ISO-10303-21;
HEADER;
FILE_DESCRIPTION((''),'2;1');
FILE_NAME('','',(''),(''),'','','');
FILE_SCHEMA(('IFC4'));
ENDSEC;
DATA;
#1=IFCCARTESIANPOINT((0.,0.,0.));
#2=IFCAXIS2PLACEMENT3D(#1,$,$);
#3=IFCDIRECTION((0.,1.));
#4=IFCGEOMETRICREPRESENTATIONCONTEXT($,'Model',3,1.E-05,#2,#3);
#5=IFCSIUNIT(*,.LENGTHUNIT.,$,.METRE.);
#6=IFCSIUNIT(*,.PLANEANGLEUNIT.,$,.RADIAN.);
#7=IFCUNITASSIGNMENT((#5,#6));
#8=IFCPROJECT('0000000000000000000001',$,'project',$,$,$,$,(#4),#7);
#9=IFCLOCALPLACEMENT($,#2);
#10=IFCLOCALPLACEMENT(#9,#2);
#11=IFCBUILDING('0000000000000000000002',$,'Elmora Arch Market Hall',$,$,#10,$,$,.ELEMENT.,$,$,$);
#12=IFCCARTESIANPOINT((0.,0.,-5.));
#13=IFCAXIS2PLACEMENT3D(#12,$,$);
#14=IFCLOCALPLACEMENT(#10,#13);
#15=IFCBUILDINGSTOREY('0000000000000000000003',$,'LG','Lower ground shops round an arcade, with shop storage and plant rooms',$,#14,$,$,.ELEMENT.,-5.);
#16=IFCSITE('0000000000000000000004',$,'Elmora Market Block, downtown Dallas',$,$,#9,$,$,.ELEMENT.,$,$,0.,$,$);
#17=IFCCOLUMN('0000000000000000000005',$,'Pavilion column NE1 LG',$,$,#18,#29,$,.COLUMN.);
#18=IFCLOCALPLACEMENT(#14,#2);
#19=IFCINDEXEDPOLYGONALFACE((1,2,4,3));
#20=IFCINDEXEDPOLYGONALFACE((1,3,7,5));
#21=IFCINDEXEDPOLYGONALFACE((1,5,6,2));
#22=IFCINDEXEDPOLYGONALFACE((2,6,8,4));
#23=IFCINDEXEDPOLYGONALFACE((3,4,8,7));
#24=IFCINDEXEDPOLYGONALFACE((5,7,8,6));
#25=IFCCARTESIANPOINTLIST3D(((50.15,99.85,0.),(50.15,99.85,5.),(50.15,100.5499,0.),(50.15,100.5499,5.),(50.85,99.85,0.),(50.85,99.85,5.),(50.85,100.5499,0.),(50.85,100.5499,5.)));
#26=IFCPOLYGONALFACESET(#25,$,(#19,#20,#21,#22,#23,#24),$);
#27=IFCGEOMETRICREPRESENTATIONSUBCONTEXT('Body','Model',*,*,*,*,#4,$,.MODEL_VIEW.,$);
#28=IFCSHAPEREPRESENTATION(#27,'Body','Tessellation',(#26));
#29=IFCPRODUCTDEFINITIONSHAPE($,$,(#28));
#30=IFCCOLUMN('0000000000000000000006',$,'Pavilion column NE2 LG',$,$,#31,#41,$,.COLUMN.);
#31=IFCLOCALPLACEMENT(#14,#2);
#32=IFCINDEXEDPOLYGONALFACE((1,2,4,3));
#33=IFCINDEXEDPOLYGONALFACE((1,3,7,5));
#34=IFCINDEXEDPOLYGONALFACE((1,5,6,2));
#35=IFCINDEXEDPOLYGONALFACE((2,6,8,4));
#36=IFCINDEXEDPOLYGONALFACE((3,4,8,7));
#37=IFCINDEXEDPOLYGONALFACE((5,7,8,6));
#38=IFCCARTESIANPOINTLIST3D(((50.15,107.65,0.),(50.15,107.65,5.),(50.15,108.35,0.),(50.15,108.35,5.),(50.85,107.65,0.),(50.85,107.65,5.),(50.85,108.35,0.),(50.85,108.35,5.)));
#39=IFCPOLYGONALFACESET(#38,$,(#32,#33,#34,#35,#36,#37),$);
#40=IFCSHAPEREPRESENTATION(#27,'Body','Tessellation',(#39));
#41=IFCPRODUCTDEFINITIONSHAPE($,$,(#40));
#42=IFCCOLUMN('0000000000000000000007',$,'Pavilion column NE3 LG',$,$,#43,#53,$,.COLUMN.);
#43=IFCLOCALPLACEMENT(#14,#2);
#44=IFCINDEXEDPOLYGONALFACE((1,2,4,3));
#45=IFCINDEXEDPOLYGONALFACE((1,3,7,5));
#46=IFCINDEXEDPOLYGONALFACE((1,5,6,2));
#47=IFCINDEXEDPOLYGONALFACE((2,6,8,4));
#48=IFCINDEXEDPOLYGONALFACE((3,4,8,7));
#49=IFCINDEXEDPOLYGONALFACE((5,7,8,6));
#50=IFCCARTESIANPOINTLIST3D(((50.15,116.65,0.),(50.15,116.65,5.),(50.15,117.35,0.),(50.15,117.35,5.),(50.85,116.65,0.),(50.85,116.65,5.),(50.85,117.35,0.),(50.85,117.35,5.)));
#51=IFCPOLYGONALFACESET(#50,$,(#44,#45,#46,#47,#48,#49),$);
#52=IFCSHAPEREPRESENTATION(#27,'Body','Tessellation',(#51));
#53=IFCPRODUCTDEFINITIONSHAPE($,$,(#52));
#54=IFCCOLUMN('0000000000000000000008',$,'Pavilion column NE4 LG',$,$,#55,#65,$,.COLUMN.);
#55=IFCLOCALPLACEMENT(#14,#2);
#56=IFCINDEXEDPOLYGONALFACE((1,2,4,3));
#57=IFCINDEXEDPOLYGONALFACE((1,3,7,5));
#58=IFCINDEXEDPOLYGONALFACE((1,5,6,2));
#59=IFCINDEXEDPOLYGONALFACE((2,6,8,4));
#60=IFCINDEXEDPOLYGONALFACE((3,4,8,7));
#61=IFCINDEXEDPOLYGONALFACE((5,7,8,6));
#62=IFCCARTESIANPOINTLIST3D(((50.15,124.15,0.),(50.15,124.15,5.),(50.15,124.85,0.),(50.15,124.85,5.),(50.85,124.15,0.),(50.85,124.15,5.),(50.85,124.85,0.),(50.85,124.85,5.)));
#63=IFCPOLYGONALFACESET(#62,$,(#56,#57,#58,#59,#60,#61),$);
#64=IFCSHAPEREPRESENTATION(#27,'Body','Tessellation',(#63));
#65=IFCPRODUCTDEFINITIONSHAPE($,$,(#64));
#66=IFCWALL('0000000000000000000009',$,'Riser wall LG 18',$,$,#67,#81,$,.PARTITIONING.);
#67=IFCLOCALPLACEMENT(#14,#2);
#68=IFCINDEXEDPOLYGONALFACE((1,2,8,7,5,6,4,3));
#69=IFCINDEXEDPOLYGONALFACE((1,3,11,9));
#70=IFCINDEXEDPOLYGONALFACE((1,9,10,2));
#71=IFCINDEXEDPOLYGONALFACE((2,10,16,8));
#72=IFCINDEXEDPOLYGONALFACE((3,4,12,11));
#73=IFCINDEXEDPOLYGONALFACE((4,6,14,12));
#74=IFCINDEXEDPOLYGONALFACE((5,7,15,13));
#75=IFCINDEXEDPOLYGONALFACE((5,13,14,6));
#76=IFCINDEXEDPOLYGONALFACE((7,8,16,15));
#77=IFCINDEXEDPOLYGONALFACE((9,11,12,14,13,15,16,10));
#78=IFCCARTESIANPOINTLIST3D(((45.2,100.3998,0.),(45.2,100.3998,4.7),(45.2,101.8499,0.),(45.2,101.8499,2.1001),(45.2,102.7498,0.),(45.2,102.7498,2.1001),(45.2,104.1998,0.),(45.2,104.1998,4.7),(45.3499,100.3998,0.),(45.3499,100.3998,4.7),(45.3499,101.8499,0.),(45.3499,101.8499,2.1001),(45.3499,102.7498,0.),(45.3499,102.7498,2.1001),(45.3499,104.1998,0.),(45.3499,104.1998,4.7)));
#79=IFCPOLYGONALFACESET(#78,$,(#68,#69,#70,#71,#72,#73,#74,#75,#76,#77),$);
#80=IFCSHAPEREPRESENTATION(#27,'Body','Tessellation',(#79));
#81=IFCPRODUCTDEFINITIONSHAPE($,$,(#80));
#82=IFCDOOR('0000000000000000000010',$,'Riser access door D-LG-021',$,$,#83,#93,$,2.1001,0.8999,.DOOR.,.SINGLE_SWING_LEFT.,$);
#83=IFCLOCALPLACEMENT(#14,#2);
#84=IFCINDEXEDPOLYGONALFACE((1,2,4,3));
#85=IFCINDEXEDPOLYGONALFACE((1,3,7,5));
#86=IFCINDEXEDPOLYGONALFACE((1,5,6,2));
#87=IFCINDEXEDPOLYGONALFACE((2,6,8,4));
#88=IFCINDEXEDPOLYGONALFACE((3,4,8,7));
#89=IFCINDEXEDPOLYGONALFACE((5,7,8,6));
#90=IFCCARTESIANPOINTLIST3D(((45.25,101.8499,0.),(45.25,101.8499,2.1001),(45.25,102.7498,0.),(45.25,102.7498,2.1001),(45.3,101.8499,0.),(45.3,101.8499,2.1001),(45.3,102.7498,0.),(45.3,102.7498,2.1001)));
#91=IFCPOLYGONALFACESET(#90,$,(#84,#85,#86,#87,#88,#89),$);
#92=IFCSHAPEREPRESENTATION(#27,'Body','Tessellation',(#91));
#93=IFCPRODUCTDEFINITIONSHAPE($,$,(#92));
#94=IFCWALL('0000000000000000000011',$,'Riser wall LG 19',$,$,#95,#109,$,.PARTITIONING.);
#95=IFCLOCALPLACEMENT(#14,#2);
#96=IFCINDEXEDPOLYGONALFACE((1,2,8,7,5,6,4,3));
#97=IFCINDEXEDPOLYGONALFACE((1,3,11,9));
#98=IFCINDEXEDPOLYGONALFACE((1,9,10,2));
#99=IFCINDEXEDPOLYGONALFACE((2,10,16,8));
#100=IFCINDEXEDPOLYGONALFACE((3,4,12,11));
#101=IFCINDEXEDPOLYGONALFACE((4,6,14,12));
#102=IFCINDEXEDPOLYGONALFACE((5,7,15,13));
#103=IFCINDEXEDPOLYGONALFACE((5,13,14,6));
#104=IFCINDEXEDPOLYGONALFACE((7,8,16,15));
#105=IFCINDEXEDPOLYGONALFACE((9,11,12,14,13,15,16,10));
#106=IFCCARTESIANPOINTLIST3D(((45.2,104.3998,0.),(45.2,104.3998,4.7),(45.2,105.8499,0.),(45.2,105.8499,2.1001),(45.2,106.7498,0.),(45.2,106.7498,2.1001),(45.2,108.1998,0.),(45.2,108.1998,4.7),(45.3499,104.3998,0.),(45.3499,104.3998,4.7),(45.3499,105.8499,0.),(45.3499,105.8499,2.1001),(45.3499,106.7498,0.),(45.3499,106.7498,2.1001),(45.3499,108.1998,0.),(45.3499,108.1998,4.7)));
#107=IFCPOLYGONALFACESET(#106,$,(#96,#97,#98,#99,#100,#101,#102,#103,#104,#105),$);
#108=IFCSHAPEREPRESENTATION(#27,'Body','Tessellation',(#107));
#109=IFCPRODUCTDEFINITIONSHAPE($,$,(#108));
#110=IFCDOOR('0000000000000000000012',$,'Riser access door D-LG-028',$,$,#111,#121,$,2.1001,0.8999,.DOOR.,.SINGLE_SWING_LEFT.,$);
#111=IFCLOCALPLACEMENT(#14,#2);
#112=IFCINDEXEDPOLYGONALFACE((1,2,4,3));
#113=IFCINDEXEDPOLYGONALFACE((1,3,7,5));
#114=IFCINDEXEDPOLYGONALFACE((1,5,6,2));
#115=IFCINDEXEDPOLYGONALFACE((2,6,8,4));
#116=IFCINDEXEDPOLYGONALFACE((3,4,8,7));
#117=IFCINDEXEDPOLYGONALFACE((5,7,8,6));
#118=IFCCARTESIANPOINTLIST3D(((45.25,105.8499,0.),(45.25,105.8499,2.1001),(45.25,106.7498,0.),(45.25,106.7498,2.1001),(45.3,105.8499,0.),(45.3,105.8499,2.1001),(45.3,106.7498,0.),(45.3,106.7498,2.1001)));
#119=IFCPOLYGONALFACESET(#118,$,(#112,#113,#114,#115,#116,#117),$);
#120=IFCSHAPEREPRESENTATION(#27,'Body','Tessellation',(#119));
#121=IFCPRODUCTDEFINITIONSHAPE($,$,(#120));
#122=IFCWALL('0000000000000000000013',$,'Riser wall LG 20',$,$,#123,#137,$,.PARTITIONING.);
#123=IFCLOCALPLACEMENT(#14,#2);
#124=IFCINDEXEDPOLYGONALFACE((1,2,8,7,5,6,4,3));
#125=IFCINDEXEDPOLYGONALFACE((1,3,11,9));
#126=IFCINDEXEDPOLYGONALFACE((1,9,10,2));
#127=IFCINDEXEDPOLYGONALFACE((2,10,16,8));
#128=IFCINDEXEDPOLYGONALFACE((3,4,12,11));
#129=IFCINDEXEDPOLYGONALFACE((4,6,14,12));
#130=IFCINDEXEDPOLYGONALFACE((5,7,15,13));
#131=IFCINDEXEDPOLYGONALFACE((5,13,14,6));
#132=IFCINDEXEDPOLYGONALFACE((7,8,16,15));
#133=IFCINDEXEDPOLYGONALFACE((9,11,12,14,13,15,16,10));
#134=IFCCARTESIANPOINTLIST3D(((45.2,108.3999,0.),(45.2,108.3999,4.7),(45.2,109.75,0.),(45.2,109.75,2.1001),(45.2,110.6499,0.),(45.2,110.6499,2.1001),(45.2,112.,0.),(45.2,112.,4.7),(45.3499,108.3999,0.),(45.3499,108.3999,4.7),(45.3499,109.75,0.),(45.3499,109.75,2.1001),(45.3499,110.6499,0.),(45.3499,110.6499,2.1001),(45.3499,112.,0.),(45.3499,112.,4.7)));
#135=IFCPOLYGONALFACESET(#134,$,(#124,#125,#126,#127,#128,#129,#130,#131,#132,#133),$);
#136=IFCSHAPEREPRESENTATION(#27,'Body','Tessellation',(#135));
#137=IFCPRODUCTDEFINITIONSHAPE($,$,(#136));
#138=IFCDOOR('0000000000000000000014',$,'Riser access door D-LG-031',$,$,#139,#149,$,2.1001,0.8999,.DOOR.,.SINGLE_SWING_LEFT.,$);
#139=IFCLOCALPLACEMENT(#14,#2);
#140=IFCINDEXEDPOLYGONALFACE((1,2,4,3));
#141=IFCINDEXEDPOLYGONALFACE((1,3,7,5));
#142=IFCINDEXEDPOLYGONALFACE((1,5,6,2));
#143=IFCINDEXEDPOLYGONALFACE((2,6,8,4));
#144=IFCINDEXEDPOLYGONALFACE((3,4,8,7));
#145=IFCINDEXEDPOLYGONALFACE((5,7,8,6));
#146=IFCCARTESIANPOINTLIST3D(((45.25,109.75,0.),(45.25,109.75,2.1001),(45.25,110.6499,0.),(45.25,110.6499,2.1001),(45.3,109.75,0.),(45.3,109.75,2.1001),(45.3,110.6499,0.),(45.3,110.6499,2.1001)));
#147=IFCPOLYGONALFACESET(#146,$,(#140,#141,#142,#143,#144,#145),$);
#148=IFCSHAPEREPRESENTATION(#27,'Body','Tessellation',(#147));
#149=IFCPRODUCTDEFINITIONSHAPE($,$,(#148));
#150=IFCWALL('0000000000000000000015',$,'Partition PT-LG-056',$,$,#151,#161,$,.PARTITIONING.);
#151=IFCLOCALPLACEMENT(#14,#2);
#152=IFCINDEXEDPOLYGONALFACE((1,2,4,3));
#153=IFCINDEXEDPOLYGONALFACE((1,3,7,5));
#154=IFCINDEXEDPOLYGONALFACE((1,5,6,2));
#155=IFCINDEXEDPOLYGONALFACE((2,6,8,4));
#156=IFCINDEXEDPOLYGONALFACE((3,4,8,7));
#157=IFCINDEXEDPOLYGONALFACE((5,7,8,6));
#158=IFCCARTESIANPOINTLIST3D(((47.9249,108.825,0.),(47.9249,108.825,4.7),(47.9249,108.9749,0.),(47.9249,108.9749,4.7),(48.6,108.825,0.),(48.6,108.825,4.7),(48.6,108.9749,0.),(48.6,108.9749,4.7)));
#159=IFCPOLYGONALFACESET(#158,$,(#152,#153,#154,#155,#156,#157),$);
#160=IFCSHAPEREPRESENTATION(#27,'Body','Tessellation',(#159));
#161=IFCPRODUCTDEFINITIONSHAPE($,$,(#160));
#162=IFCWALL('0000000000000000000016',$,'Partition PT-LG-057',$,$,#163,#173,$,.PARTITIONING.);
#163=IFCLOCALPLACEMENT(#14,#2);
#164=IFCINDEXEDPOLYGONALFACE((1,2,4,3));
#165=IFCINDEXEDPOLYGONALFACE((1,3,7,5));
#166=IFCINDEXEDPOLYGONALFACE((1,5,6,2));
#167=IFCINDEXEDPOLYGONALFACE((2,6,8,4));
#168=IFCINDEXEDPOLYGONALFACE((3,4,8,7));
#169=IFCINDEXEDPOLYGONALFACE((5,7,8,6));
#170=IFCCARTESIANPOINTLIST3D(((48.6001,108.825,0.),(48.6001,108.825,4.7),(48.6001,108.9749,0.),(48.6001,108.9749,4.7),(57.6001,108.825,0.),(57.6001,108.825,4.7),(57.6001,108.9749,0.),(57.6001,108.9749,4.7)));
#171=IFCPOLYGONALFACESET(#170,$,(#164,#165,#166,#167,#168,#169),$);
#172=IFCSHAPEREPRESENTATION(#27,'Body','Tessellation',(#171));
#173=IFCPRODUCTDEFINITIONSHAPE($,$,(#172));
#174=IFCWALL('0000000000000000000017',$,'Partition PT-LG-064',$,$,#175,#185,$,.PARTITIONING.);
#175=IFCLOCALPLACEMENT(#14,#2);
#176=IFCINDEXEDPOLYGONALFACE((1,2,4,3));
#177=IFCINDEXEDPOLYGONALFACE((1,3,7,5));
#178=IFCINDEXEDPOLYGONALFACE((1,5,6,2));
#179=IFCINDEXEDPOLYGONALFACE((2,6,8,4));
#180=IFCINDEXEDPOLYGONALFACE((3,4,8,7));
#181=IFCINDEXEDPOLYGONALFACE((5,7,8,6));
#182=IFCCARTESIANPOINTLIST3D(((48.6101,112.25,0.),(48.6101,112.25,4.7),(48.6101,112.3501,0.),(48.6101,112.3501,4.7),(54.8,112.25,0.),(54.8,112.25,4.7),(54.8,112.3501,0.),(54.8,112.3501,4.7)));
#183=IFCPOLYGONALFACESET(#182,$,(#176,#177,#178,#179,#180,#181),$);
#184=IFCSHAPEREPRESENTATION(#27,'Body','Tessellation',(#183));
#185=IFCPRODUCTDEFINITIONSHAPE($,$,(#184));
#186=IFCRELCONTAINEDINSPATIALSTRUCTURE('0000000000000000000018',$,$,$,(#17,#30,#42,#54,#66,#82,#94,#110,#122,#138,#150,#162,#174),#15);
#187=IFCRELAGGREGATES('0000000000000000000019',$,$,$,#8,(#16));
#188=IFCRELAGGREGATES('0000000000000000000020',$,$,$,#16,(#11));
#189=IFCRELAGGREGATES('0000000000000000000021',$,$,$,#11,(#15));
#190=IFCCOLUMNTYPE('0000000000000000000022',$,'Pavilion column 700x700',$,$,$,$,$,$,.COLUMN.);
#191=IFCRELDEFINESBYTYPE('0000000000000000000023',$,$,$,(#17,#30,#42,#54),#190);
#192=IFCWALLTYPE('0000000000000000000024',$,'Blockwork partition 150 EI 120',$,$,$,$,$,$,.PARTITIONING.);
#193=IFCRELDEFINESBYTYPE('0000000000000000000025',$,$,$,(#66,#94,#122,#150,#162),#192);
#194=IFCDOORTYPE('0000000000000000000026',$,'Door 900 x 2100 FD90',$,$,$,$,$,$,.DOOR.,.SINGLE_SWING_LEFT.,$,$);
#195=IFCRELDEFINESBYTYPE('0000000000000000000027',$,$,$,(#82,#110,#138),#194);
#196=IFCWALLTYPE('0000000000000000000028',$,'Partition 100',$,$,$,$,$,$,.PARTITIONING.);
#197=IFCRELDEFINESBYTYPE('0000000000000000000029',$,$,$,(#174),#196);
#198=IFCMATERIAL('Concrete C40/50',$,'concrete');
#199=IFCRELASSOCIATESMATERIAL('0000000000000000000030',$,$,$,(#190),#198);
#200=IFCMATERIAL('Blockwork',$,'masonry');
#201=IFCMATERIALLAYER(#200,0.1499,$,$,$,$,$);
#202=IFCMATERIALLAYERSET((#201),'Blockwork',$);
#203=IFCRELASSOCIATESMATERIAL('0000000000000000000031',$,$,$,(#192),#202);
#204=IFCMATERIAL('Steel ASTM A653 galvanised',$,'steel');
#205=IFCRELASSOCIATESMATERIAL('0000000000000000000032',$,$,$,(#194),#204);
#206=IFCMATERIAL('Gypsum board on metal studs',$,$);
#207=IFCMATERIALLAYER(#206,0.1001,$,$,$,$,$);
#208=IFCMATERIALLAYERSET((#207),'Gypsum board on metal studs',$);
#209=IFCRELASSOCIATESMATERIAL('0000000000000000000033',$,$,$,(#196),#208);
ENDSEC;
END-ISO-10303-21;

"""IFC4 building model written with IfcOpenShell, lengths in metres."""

from ifc_helpers import new_model, si_unit, direction, frame, frame_2d, origin, origin_2d, place, context, subcontext, project, spatial, rectangle, extrude, material, layer, layer_set, material_profile, profile_set, type_object, element, fill, save


model = new_model("IFC4")

# Units and contexts
model_context = context("Model", 3, precision=1e-05, world=origin(), true_north=direction((0.0, 1.0)))
body_context = subcontext(model_context, "Body", "Model", "MODEL_VIEW")
ifc_project = project(units=[si_unit("LENGTHUNIT", "METRE"), si_unit("PLANEANGLEUNIT", "RADIAN")], contexts=[model_context])

# Site, building, storey
site_placement = place(None, origin())
site = spatial("IfcSite", under=ifc_project, at=site_placement, Name="Elmora Market Block, downtown Dallas", CompositionType="ELEMENT", RefElevation=0.0)
building_placement = place(site_placement, origin())
building = spatial("IfcBuilding", under=site, at=building_placement, Name="Elmora Arch Market Hall", CompositionType="ELEMENT")
storey_placement = place(building_placement, frame((0.0, 0.0, -5.0)))
storey = spatial("IfcBuildingStorey", under=building, at=storey_placement, Name="LG", Description="Lower ground shops round an arcade, with shop storage and plant rooms", CompositionType="ELEMENT", Elevation=-5.0)

# Columns
ifc_material_1 = material(Name="Concrete C40/50", Category="concrete")
ifc_material_profile = material_profile(ifc_material_1, rectangle(XDim=0.7, YDim=0.7, at=origin_2d()), Name="Pavilion column 700x700")
ifc_profile_set = profile_set([ifc_material_profile], Name="Concrete C40/50")
column_type = type_object("IfcColumnType", Name="Pavilion column 700x700", PredefinedType="COLUMN", material=ifc_profile_set)
for number, where, z_axis, x_axis, name in (
    (1, (50.5, 100.2, 0.0), (0.0, 0.0, 1.0), (1.0, 0.0, 0.0), "Pavilion column NE1 LG"),
    (2, (50.5, 108.0, 0.0), (0.0, 0.0, 1.0), (1.0, 0.0, 0.0), "Pavilion column NE2 LG"),
    (3, (50.5, 117.0, 0.0), (0.0, 0.0, 1.0), (1.0, 0.0, 0.0), "Pavilion column NE3 LG"),
    (4, (50.5, 124.5, 0.0), (0.0, 0.0, 1.0), (1.0, 0.0, 0.0), "Pavilion column NE4 LG"),
):
    element("IfcColumn", number, at=place(storey_placement, frame(where, z_axis=z_axis, x_axis=x_axis)), inside=storey, type_object=column_type, Name=name, PredefinedType="COLUMN", context=body_context, shape_type="SweptSolid", body=[
        extrude(rectangle(XDim=0.7, YDim=0.7, at=origin_2d()), origin(), (0.0, 0.0, 1.0), 5.0),
    ])

# Walls, openings, doors
ifc_material_2 = material(Name="Blockwork", Category="masonry")
ifc_layer_1 = layer(ifc_material_2, 0.1499)
ifc_layer_set_1 = layer_set([ifc_layer_1], Name="Blockwork")
wall_type_1 = type_object("IfcWallType", Name="Blockwork partition 150 EI 120", PredefinedType="PARTITIONING", material=ifc_layer_set_1)
wall_1_placement = place(storey_placement, frame((45.2749, 100.3999, 0.0), z_axis=(0.0, 0.0, 1.0), x_axis=(0.0, 1.0, 0.0)))
wall_1 = element("IfcWall", 5, at=wall_1_placement, inside=storey, type_object=wall_type_1, Name="Riser wall LG 18", PredefinedType="PARTITIONING", context=body_context, shape_type="SweptSolid", body=[
    extrude(rectangle(XDim=3.8, YDim=0.1499, at=frame_2d((1.8999, 0.0))), origin(), (0.0, 0.0, 1.0), 4.7),
])
opening_1_placement = place(wall_1_placement, frame((1.45, 0.0, 0.0)))
opening_1 = element("IfcOpeningElement", 6, at=opening_1_placement, cuts=wall_1, PredefinedType="OPENING", context=body_context, shape_type="SweptSolid", body=[
    extrude(rectangle(XDim=0.8999, YDim=2.1001, at=frame_2d((0.45, 1.05))), frame((0.0, 0.085, 0.0), z_axis=(0.0, -1.0, 0.0), x_axis=(1.0, 0.0, 0.0)), (0.0, 0.0, 1.0), 0.1699),
])
ifc_material_3 = material(Name="Steel ASTM A653 galvanised", Category="steel")
door_type_1 = type_object("IfcDoorType", Name="Door 900 x 2100 FD90", OperationType="SINGLE_SWING_LEFT", PredefinedType="DOOR", material=ifc_material_3)
door_1_placement = place(opening_1_placement, origin())
door_1 = element("IfcDoor", 7, at=door_1_placement, inside=storey, type_object=door_type_1, Name="Riser access door D-LG-021", OperationType="SINGLE_SWING_LEFT", OverallHeight=2.1001, OverallWidth=0.8999, PredefinedType="DOOR", context=body_context, shape_type="SweptSolid", body=[
    extrude(rectangle(XDim=0.8999, YDim=2.1001, at=frame_2d((0.45, 1.05))), frame((0.0, 0.0249, 0.0), z_axis=(0.0, -1.0, 0.0), x_axis=(1.0, 0.0, 0.0)), (0.0, 0.0, 1.0), 0.05),
])
fill(opening_1, door_1)
wall_2_placement = place(storey_placement, frame((45.2749, 104.3999, 0.0), z_axis=(0.0, 0.0, 1.0), x_axis=(0.0, 1.0, 0.0)))
wall_2 = element("IfcWall", 8, at=wall_2_placement, inside=storey, type_object=wall_type_1, Name="Riser wall LG 19", PredefinedType="PARTITIONING", context=body_context, shape_type="SweptSolid", body=[
    extrude(rectangle(XDim=3.8, YDim=0.1499, at=frame_2d((1.8999, 0.0))), origin(), (0.0, 0.0, 1.0), 4.7),
])
opening_2_placement = place(wall_2_placement, frame((1.45, 0.0, 0.0)))
opening_2 = element("IfcOpeningElement", 9, at=opening_2_placement, cuts=wall_2, PredefinedType="OPENING", context=body_context, shape_type="SweptSolid", body=[
    extrude(rectangle(XDim=0.8999, YDim=2.1001, at=frame_2d((0.45, 1.05))), frame((0.0, 0.085, 0.0), z_axis=(0.0, -1.0, 0.0), x_axis=(1.0, 0.0, 0.0)), (0.0, 0.0, 1.0), 0.1699),
])
door_2_placement = place(opening_2_placement, origin())
door_2 = element("IfcDoor", 10, at=door_2_placement, inside=storey, type_object=door_type_1, Name="Riser access door D-LG-028", OperationType="SINGLE_SWING_LEFT", OverallHeight=2.1001, OverallWidth=0.8999, PredefinedType="DOOR", context=body_context, shape_type="SweptSolid", body=[
    extrude(rectangle(XDim=0.8999, YDim=2.1001, at=frame_2d((0.45, 1.05))), frame((0.0, 0.0249, 0.0), z_axis=(0.0, -1.0, 0.0), x_axis=(1.0, 0.0, 0.0)), (0.0, 0.0, 1.0), 0.05),
])
fill(opening_2, door_2)
wall_3_placement = place(storey_placement, frame((45.2749, 108.3999, 0.0), z_axis=(0.0, 0.0, 1.0), x_axis=(0.0, 1.0, 0.0)))
wall_3 = element("IfcWall", 11, at=wall_3_placement, inside=storey, type_object=wall_type_1, Name="Riser wall LG 20", PredefinedType="PARTITIONING", context=body_context, shape_type="SweptSolid", body=[
    extrude(rectangle(XDim=3.6001, YDim=0.1499, at=frame_2d((1.8, 0.0))), origin(), (0.0, 0.0, 1.0), 4.7),
])
opening_3_placement = place(wall_3_placement, frame((1.3501, 0.0, 0.0)))
opening_3 = element("IfcOpeningElement", 12, at=opening_3_placement, cuts=wall_3, PredefinedType="OPENING", context=body_context, shape_type="SweptSolid", body=[
    extrude(rectangle(XDim=0.8999, YDim=2.1001, at=frame_2d((0.45, 1.05))), frame((0.0, 0.085, 0.0), z_axis=(0.0, -1.0, 0.0), x_axis=(1.0, 0.0, 0.0)), (0.0, 0.0, 1.0), 0.1699),
])
door_3_placement = place(opening_3_placement, origin())
door_3 = element("IfcDoor", 13, at=door_3_placement, inside=storey, type_object=door_type_1, Name="Riser access door D-LG-031", OperationType="SINGLE_SWING_LEFT", OverallHeight=2.1001, OverallWidth=0.8999, PredefinedType="DOOR", context=body_context, shape_type="SweptSolid", body=[
    extrude(rectangle(XDim=0.8999, YDim=2.1001, at=frame_2d((0.45, 1.05))), frame((0.0, 0.0249, 0.0), z_axis=(0.0, -1.0, 0.0), x_axis=(1.0, 0.0, 0.0)), (0.0, 0.0, 1.0), 0.05),
])
fill(opening_3, door_3)

# Walls
wall_4_placement = place(storey_placement, frame((47.925, 108.8999, 0.0), z_axis=(0.0, 0.0, 1.0), x_axis=(1.0, 0.0, 0.0)))
element("IfcWall", 14, at=wall_4_placement, inside=storey, type_object=wall_type_1, Name="Partition PT-LG-056", PredefinedType="PARTITIONING", context=body_context, shape_type="SweptSolid", body=[
    extrude(rectangle(XDim=0.675, YDim=0.1499, at=frame_2d((0.3374, 0.0))), origin(), (0.0, 0.0, 1.0), 4.7),
])
wall_5_placement = place(storey_placement, frame((48.6001, 108.8999, 0.0), z_axis=(0.0, 0.0, 1.0), x_axis=(1.0, 0.0, 0.0)))
element("IfcWall", 15, at=wall_5_placement, inside=storey, type_object=wall_type_1, Name="Partition PT-LG-057", PredefinedType="PARTITIONING", context=body_context, shape_type="SweptSolid", body=[
    extrude(rectangle(XDim=9.0, YDim=0.1499, at=frame_2d((4.5, 0.0))), origin(), (0.0, 0.0, 1.0), 4.7),
])
ifc_material_4 = material(Name="Gypsum board on metal studs")
ifc_layer_2 = layer(ifc_material_4, 0.1001)
ifc_layer_set_2 = layer_set([ifc_layer_2], Name="Gypsum board on metal studs")
wall_type_2 = type_object("IfcWallType", Name="Partition 100", PredefinedType="PARTITIONING", material=ifc_layer_set_2)
wall_6_placement = place(storey_placement, frame((48.6101, 112.3, 0.0), z_axis=(0.0, 0.0, 1.0), x_axis=(1.0, 0.0, 0.0)))
element("IfcWall", 16, at=wall_6_placement, inside=storey, type_object=wall_type_2, Name="Partition PT-LG-064", PredefinedType="PARTITIONING", context=body_context, shape_type="SweptSolid", body=[
    extrude(rectangle(XDim=6.1899, YDim=0.1001, at=frame_2d((3.095, 0.0))), origin(), (0.0, 0.0, 1.0), 4.7),
])

save(model, "model.ifc")
